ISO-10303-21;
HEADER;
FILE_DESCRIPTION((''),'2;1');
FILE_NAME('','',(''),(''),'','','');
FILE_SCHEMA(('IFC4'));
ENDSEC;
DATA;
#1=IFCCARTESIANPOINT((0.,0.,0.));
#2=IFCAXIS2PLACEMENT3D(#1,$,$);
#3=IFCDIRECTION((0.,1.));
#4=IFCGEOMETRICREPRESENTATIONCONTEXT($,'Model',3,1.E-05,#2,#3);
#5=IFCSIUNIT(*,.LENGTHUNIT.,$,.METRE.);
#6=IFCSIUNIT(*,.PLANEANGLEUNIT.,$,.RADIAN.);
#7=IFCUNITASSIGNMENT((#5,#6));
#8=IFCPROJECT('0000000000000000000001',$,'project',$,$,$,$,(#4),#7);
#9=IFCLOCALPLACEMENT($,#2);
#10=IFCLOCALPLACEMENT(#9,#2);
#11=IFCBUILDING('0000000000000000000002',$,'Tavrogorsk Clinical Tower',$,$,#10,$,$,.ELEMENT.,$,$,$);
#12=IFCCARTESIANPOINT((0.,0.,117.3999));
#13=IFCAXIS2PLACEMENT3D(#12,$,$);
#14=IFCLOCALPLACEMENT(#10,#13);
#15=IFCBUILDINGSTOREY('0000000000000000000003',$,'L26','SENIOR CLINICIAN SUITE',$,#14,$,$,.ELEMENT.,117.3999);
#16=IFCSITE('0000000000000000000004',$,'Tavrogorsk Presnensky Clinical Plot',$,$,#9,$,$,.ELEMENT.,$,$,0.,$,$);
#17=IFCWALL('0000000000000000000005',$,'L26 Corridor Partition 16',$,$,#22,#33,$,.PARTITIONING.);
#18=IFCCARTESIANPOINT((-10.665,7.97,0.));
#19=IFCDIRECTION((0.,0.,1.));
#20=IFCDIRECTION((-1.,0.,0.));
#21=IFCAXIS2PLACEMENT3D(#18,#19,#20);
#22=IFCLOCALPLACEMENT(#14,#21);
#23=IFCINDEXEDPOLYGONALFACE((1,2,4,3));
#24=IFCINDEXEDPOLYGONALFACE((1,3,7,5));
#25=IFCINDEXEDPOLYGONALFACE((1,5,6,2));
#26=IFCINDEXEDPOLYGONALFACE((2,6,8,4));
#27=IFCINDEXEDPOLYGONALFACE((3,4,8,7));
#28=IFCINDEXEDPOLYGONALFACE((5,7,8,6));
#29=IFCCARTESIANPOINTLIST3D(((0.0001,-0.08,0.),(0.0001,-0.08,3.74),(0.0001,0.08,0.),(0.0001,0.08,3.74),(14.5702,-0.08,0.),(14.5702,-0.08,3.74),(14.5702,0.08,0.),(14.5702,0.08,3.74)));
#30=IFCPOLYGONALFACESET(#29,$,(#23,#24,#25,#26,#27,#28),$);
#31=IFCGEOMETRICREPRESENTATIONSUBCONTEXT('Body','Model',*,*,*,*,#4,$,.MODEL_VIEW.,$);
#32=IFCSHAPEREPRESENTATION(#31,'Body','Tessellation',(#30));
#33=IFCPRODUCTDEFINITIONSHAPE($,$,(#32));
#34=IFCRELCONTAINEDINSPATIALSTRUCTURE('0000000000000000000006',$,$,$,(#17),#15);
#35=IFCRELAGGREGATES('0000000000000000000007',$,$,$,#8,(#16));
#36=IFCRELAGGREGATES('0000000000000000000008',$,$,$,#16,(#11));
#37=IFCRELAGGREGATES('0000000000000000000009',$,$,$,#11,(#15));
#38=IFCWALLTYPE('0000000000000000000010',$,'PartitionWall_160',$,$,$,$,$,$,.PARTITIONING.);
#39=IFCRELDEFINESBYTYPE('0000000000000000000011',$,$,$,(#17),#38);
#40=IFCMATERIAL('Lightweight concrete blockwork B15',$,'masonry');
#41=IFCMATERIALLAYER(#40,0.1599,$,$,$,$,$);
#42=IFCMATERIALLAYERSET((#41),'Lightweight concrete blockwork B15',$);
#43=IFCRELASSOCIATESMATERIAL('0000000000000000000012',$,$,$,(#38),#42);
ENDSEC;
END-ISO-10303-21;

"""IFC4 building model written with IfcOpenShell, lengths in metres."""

from ifc_helpers import new_model, si_unit, direction, frame, frame_2d, origin, place, context, subcontext, project, spatial, rectangle, extrude, material, layer, layer_set, type_object, element, save


model = new_model("IFC4")

# Units and contexts
model_context = context("Model", 3, precision=1e-05, world=origin(), true_north=direction((0.0, 1.0)))
body_context = subcontext(model_context, "Body", "Model", "MODEL_VIEW")
ifc_project = project(units=[si_unit("LENGTHUNIT", "METRE"), si_unit("PLANEANGLEUNIT", "RADIAN")], contexts=[model_context])

# Site, building, storey
site_placement = place(None, origin())
site = spatial("IfcSite", under=ifc_project, at=site_placement, Name="Tavrogorsk Presnensky Clinical Plot", CompositionType="ELEMENT", RefElevation=0.0)
building_placement = place(site_placement, origin())
building = spatial("IfcBuilding", under=site, at=building_placement, Name="Tavrogorsk Clinical Tower", CompositionType="ELEMENT")
storey_placement = place(building_placement, frame((0.0, 0.0, 117.3999)))
storey = spatial("IfcBuildingStorey", under=building, at=storey_placement, Name="L26", Description="SENIOR CLINICIAN SUITE", CompositionType="ELEMENT", Elevation=117.3999)

# Shared definitions
ifc_material_1 = material(Name="Lightweight concrete blockwork B15", Category="masonry")
ifc_layer_1 = layer(ifc_material_1, 0.1599)
ifc_layer_set_1 = layer_set([ifc_layer_1], Name="Lightweight concrete blockwork B15")
wall_type_1 = type_object("IfcWallType", Name="PartitionWall_160", PredefinedType="PARTITIONING", material=ifc_layer_set_1)

# Wall
wall_1_placement = place(storey_placement, frame((-10.665, 7.97, 0.0), z_axis=(0.0, 0.0, 1.0), x_axis=(-1.0, 0.0, 0.0)))
element("IfcWall", 1, at=wall_1_placement, inside=storey, type_object=wall_type_1, Name="L26 Corridor Partition 16", PredefinedType="PARTITIONING", context=body_context, shape_type="SweptSolid", body=[
    extrude(rectangle(XDim=14.5701, YDim=0.1599, at=frame_2d((7.2852, 0.0))), origin(), (0.0, 0.0, 1.0), 3.74),
])

save(model, "model.ifc")
